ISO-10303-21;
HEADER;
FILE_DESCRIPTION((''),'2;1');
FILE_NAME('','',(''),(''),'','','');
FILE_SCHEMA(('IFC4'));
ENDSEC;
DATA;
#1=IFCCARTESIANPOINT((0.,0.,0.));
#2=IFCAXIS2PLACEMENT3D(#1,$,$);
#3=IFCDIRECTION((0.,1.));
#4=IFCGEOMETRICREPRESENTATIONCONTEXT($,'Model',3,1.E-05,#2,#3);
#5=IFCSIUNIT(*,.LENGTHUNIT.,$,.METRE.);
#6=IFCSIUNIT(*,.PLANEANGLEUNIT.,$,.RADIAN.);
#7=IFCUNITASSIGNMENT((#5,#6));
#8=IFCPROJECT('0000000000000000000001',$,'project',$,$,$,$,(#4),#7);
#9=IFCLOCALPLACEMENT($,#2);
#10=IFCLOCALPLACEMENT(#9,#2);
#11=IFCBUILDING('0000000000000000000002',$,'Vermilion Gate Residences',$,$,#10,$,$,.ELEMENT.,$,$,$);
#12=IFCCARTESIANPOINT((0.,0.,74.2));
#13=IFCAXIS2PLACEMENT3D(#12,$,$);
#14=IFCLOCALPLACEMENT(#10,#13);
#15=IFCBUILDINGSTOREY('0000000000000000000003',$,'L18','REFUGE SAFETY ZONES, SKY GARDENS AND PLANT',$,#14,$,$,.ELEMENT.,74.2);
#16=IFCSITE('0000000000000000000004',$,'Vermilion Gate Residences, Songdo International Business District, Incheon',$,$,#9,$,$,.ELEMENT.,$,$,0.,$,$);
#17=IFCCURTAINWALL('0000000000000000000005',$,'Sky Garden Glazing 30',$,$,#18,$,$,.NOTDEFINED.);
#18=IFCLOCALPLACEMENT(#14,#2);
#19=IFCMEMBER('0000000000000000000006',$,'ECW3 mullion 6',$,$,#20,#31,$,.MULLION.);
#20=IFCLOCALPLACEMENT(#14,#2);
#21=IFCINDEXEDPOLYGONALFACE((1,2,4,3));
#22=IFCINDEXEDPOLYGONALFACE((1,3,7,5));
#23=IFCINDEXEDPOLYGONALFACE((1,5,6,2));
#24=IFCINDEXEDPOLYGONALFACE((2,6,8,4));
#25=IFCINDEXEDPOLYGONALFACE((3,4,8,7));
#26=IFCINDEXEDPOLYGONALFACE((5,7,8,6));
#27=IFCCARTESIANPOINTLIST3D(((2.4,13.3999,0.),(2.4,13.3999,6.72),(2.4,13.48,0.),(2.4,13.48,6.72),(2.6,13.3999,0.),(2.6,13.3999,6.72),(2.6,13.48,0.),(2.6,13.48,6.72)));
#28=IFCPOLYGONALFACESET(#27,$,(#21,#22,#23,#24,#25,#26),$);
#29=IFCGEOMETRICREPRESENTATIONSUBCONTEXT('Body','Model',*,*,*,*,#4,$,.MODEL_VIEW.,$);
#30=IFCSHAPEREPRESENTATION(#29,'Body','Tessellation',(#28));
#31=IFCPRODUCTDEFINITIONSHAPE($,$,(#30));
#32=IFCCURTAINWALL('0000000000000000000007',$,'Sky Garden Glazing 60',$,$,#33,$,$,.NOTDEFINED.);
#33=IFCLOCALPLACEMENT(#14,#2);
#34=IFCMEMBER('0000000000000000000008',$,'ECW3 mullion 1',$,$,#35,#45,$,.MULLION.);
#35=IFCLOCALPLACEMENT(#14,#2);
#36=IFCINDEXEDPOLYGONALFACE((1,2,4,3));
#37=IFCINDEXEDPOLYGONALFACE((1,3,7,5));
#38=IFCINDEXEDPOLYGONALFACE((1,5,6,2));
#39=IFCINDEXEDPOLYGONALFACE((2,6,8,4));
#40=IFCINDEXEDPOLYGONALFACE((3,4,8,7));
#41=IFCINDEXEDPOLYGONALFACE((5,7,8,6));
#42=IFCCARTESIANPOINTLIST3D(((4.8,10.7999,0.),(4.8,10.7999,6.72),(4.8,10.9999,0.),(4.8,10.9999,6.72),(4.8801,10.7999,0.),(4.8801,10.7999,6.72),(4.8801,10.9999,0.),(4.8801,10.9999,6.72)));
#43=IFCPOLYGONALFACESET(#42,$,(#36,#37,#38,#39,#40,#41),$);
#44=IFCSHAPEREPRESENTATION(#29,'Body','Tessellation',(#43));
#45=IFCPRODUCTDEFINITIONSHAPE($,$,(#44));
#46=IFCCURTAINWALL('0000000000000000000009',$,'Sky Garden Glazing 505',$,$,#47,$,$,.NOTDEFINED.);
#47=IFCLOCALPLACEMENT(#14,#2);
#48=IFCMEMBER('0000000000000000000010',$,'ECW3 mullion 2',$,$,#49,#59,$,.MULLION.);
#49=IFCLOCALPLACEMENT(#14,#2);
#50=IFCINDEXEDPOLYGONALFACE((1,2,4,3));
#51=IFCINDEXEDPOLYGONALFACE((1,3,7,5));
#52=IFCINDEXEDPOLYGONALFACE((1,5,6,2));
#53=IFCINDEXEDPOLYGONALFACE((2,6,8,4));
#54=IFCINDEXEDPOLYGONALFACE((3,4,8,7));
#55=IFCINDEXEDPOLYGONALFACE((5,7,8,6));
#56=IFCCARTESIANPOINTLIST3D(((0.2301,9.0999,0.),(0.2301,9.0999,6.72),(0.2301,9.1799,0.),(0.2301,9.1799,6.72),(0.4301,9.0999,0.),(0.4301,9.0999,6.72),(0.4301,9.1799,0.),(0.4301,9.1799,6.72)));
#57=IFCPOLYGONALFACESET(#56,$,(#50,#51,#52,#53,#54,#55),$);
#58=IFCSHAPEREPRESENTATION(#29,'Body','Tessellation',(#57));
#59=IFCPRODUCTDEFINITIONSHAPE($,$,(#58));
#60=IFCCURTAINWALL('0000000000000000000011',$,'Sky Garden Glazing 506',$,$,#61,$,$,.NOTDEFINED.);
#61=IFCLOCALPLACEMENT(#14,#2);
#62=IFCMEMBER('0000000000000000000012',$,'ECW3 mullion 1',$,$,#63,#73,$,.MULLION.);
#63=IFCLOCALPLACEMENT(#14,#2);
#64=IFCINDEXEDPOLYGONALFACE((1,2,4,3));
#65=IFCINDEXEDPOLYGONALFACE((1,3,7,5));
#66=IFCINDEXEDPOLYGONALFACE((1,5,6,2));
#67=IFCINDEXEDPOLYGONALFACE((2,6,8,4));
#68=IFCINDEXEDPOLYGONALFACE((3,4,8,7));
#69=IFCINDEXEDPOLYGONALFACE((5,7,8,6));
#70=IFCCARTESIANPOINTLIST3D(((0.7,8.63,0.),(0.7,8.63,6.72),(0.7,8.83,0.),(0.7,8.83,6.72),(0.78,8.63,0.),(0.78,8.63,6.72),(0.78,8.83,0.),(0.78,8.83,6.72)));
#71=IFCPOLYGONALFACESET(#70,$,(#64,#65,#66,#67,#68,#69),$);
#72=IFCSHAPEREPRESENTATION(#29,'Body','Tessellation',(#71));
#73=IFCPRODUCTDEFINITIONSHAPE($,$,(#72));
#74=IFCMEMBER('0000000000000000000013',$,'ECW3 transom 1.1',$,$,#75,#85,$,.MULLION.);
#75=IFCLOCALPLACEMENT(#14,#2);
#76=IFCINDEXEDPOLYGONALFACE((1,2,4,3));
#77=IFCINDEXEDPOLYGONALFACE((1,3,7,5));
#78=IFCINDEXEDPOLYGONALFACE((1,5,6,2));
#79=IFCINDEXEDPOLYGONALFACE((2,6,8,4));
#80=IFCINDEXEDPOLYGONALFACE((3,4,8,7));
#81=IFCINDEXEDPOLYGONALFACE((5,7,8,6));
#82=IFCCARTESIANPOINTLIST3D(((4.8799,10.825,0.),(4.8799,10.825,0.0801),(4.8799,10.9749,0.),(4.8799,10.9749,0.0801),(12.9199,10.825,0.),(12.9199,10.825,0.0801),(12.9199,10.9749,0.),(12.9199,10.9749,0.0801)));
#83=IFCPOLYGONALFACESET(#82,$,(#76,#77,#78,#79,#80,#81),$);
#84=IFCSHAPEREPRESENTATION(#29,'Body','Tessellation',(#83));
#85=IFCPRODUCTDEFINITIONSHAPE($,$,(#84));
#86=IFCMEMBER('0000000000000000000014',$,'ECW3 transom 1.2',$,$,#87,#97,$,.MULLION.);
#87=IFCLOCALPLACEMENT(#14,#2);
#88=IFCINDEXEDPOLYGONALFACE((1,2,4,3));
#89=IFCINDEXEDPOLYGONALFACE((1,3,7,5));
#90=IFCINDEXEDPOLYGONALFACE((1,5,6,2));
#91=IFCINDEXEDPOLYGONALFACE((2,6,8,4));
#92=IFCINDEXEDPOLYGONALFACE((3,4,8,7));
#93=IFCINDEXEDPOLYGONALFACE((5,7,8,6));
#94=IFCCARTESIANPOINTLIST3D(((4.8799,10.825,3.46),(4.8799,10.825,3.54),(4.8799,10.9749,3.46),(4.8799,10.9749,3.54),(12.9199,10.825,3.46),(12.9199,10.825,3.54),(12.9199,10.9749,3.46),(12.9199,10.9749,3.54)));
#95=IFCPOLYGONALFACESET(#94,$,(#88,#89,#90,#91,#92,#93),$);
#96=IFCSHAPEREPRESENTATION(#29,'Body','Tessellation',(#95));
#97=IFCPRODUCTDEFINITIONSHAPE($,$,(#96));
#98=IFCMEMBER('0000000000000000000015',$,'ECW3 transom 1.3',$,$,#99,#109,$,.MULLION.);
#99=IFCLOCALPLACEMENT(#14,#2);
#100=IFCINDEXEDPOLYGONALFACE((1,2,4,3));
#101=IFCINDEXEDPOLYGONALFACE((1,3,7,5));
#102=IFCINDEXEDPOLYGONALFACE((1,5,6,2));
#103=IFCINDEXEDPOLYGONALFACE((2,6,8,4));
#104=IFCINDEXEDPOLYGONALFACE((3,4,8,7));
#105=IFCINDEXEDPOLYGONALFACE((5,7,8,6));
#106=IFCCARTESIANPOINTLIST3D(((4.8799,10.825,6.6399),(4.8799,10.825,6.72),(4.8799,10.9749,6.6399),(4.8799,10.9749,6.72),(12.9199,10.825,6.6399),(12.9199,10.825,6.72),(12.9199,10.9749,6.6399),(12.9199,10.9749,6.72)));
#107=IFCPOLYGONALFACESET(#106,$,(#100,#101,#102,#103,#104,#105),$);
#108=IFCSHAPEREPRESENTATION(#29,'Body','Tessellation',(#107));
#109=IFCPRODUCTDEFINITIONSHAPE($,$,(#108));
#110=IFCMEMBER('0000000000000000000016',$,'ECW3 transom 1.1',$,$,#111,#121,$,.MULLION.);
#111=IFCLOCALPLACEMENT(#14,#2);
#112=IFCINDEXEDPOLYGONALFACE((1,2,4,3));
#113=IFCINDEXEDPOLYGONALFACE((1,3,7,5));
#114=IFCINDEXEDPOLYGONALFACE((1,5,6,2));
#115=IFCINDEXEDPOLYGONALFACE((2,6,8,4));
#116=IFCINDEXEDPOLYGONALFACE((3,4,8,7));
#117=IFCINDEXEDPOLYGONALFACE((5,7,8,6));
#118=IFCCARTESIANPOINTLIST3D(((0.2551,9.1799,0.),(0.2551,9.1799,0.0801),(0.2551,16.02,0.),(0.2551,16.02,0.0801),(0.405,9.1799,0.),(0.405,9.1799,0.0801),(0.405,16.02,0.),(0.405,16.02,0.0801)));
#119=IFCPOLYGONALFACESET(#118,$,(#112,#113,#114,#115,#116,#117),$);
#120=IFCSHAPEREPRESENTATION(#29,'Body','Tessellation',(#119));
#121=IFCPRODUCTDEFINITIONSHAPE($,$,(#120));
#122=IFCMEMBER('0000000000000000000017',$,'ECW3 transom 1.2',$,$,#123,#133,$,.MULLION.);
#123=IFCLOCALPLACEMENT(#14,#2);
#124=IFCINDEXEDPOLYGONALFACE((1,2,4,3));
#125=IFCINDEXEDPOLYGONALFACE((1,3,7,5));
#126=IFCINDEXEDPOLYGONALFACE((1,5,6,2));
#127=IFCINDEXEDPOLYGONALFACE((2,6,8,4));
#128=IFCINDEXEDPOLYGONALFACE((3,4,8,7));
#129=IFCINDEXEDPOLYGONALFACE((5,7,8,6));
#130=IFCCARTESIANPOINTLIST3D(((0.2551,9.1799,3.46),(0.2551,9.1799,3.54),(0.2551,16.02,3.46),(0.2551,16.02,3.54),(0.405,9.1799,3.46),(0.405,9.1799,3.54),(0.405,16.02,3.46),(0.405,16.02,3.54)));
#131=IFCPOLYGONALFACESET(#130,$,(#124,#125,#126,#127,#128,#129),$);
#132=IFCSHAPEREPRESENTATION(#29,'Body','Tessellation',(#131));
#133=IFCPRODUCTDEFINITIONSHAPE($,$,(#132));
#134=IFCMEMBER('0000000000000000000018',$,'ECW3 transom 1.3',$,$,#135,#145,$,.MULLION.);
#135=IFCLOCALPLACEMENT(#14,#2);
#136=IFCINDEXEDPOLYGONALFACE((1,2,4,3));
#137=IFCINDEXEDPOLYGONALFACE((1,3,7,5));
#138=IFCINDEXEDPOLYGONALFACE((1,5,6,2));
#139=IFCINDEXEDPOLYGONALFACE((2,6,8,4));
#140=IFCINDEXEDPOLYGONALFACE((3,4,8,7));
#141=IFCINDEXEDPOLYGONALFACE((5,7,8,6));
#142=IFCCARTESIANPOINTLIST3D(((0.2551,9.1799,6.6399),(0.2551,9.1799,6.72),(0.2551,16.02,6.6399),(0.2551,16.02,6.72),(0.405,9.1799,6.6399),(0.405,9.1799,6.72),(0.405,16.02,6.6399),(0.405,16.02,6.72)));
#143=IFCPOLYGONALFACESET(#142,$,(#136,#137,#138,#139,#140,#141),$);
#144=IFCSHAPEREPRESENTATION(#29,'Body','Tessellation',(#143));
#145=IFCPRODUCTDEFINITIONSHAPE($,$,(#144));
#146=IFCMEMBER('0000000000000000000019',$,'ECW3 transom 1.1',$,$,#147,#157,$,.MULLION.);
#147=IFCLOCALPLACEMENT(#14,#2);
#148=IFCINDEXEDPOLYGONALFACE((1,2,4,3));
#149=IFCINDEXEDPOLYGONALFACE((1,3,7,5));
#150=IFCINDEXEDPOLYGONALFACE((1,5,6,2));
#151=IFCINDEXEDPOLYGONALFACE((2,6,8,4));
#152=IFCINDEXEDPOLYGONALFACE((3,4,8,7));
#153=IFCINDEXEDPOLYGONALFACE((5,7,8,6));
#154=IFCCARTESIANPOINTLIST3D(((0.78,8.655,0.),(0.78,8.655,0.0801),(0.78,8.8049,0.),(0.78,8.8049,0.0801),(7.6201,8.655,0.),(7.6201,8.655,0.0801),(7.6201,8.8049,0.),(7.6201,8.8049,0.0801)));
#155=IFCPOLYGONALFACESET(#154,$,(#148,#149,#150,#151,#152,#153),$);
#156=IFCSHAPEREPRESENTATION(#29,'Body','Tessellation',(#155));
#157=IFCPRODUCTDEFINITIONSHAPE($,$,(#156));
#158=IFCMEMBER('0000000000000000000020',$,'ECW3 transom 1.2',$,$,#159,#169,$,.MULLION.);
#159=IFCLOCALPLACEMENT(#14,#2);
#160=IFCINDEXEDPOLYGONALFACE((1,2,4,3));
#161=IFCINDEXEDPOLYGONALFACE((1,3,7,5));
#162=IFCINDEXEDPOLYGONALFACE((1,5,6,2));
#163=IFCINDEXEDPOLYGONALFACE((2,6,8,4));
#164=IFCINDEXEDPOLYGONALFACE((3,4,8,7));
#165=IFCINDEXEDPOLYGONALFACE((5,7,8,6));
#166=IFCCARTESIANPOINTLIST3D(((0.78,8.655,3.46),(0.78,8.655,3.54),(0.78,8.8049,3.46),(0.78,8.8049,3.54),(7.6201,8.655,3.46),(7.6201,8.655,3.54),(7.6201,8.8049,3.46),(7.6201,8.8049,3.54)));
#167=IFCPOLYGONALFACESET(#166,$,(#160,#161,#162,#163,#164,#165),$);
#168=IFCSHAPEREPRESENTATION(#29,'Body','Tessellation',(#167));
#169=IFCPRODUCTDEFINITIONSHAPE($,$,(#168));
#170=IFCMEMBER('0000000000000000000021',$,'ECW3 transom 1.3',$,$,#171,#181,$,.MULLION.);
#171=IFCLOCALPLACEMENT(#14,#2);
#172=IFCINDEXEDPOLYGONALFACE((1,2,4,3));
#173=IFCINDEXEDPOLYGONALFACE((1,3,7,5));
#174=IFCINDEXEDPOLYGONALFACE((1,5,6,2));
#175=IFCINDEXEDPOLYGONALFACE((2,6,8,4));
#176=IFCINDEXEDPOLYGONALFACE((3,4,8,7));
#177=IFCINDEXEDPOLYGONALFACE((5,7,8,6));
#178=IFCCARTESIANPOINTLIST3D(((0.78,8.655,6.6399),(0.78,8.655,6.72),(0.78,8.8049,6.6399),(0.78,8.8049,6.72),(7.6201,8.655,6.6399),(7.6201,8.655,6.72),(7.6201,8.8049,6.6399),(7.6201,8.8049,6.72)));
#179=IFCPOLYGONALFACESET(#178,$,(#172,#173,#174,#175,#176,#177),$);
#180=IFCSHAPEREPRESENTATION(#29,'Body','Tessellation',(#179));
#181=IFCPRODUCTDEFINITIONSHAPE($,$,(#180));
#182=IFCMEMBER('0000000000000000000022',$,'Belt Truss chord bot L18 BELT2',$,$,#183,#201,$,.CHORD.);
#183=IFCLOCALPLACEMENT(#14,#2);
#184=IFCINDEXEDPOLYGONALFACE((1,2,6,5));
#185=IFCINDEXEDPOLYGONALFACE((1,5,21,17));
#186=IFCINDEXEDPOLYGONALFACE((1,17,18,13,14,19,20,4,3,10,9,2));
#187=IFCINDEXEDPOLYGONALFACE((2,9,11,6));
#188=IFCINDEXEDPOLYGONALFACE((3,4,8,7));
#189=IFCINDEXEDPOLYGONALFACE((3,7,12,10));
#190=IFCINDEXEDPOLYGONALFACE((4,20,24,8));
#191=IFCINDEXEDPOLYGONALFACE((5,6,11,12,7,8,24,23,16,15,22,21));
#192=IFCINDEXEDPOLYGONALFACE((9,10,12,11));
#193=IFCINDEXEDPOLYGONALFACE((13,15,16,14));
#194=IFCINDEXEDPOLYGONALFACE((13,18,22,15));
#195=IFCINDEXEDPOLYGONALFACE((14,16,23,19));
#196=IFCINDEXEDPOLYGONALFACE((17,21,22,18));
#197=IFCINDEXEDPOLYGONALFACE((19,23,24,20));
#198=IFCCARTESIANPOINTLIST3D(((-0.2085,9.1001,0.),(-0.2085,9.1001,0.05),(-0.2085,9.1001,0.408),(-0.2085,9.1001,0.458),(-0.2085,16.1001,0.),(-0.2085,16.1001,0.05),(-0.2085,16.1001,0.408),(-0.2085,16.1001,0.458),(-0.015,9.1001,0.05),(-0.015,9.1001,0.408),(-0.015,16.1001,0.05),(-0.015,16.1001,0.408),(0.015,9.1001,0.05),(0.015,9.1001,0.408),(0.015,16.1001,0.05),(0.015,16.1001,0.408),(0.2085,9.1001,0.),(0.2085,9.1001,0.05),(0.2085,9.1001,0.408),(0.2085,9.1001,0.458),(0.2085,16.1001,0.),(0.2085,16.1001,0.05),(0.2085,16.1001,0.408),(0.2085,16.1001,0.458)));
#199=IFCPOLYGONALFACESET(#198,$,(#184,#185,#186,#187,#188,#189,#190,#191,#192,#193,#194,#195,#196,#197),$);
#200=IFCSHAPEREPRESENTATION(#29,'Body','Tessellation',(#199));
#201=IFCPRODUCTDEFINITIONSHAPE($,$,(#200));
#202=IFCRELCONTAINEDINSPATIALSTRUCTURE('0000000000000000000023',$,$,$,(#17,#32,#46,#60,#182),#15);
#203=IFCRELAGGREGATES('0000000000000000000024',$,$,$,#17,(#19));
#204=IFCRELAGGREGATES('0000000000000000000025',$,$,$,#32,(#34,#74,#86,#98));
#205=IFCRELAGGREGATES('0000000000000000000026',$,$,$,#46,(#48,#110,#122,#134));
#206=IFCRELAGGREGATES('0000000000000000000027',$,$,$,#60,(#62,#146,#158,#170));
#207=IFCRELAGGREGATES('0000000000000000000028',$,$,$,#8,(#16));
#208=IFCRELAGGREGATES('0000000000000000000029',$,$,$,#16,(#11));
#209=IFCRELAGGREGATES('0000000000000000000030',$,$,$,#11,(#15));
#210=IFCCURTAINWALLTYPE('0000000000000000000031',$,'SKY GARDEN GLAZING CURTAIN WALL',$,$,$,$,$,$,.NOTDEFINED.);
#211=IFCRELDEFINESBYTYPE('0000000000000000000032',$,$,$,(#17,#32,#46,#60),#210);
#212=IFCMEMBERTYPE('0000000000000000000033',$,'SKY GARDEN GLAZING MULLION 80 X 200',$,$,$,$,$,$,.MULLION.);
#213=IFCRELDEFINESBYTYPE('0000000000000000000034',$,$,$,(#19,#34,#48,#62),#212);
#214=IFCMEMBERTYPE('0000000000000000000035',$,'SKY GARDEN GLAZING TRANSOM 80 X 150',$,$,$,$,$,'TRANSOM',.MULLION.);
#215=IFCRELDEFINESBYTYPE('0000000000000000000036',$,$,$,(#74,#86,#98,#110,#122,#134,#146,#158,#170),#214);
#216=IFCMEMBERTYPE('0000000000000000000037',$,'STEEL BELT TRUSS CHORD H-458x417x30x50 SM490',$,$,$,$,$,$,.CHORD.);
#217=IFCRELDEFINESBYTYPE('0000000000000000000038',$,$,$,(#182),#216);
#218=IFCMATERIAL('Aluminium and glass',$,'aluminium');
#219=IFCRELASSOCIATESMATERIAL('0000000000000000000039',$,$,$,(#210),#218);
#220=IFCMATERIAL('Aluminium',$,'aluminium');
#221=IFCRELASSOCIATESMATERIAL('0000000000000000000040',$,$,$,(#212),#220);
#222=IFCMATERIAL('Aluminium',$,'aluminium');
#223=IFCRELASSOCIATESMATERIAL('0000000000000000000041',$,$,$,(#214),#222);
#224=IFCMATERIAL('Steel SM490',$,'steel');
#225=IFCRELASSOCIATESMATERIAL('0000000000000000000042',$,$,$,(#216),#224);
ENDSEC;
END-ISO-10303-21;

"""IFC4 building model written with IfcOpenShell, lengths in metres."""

from ifc_helpers import new_model, si_unit, direction, frame, origin, origin_2d, place, context, subcontext, project, spatial, rectangle, i_section, extrude, material, material_profile, profile_set, type_object, element, aggregate, save


model = new_model("IFC4")

# Units and contexts
model_context = context("Model", 3, precision=1e-05, world=origin(), true_north=direction((0.0, 1.0)))
body_context = subcontext(model_context, "Body", "Model", "MODEL_VIEW")
ifc_project = project(units=[si_unit("LENGTHUNIT", "METRE"), si_unit("PLANEANGLEUNIT", "RADIAN")], contexts=[model_context])

# Site, building, storey
site_placement = place(None, origin())
site = spatial("IfcSite", under=ifc_project, at=site_placement, Name="Vermilion Gate Residences, Songdo International Business District, Incheon", CompositionType="ELEMENT", RefElevation=0.0)
building_placement = place(site_placement, origin())
building = spatial("IfcBuilding", under=site, at=building_placement, Name="Vermilion Gate Residences", CompositionType="ELEMENT")
storey_placement = place(building_placement, frame((0.0, 0.0, 74.2)))
storey = spatial("IfcBuildingStorey", under=building, at=storey_placement, Name="L18", Description="REFUGE SAFETY ZONES, SKY GARDENS AND PLANT", CompositionType="ELEMENT", Elevation=74.2)

# Curtain walls, members
ifc_material_1 = material(Name="Aluminium and glass", Category="aluminium")
curtain_wall_type = type_object("IfcCurtainWallType", Name="SKY GARDEN GLAZING CURTAIN WALL", PredefinedType="NOTDEFINED", material=ifc_material_1)
curtain_wall_1_placement = place(storey_placement, origin())
curtain_wall_1 = element("IfcCurtainWall", 1, at=curtain_wall_1_placement, inside=storey, type_object=curtain_wall_type, Name="Sky Garden Glazing 30", PredefinedType="NOTDEFINED")
ifc_material_2 = material(Name="Aluminium", Category="aluminium")
ifc_material_profile_1 = material_profile(ifc_material_2, rectangle(XDim=0.2, YDim=0.0801, at=origin_2d()), Name="MULLION 80 X 200")
ifc_profile_set_1 = profile_set([ifc_material_profile_1], Name="Aluminium")
member_type_1 = type_object("IfcMemberType", Name="SKY GARDEN GLAZING MULLION 80 X 200", PredefinedType="MULLION", material=ifc_profile_set_1)
member_1_placement = place(storey_placement, frame((2.5, 13.4399, 0.0), z_axis=(0.0, 0.0, 1.0), x_axis=(1.0, 0.0, 0.0)))
member_1 = element("IfcMember", 2, at=member_1_placement, type_object=member_type_1, Name="ECW3 mullion 6", PredefinedType="MULLION", context=body_context, shape_type="SweptSolid", body=[
    extrude(rectangle(XDim=0.2, YDim=0.0801, at=origin_2d()), origin(), (0.0, 0.0, 1.0), 6.72),
])
aggregate(curtain_wall_1, [member_1])
curtain_wall_2_placement = place(storey_placement, origin())
curtain_wall_2 = element("IfcCurtainWall", 3, at=curtain_wall_2_placement, inside=storey, type_object=curtain_wall_type, Name="Sky Garden Glazing 60", PredefinedType="NOTDEFINED")
member_2_placement = place(storey_placement, frame((4.8401, 10.8999, 0.0), z_axis=(0.0, 0.0, 1.0), x_axis=(0.0, 1.0, 0.0)))
member_2 = element("IfcMember", 4, at=member_2_placement, type_object=member_type_1, Name="ECW3 mullion 1", PredefinedType="MULLION", context=body_context, shape_type="SweptSolid", body=[
    extrude(rectangle(XDim=0.2, YDim=0.0801, at=origin_2d()), origin(), (0.0, 0.0, 1.0), 6.72),
])
curtain_wall_3_placement = place(storey_placement, origin())
curtain_wall_3 = element("IfcCurtainWall", 5, at=curtain_wall_3_placement, inside=storey, type_object=curtain_wall_type, Name="Sky Garden Glazing 505", PredefinedType="NOTDEFINED")
member_3_placement = place(storey_placement, frame((0.3301, 9.1399, 0.0), z_axis=(0.0, 0.0, 1.0), x_axis=(1.0, 0.0, 0.0)))
member_3 = element("IfcMember", 6, at=member_3_placement, type_object=member_type_1, Name="ECW3 mullion 2", PredefinedType="MULLION", context=body_context, shape_type="SweptSolid", body=[
    extrude(rectangle(XDim=0.2, YDim=0.0801, at=origin_2d()), origin(), (0.0, 0.0, 1.0), 6.72),
])
curtain_wall_4_placement = place(storey_placement, origin())
curtain_wall_4 = element("IfcCurtainWall", 7, at=curtain_wall_4_placement, inside=storey, type_object=curtain_wall_type, Name="Sky Garden Glazing 506", PredefinedType="NOTDEFINED")
member_4_placement = place(storey_placement, frame((0.74, 8.73, 0.0), z_axis=(0.0, 0.0, 1.0), x_axis=(0.0, 1.0, 0.0)))
member_4 = element("IfcMember", 8, at=member_4_placement, type_object=member_type_1, Name="ECW3 mullion 1", PredefinedType="MULLION", context=body_context, shape_type="SweptSolid", body=[
    extrude(rectangle(XDim=0.2, YDim=0.0801, at=origin_2d()), origin(), (0.0, 0.0, 1.0), 6.72),
])

# Members
ifc_material_3 = material(Name="Aluminium", Category="aluminium")
ifc_material_profile_2 = material_profile(ifc_material_3, rectangle(XDim=0.1499, YDim=0.0801, at=origin_2d()), Name="TRANSOM 80 X 150")
ifc_profile_set_2 = profile_set([ifc_material_profile_2], Name="Aluminium")
member_type_2 = type_object("IfcMemberType", Name="SKY GARDEN GLAZING TRANSOM 80 X 150", ElementType="TRANSOM", PredefinedType="MULLION", material=ifc_profile_set_2)
member_5_placement = place(storey_placement, frame((4.8799, 10.8999, 0.04), z_axis=(1.0, 0.0, 0.0), x_axis=(0.0, 1.0, 0.0)))
member_5 = element("IfcMember", 9, at=member_5_placement, type_object=member_type_2, Name="ECW3 transom 1.1", PredefinedType="MULLION", context=body_context, shape_type="SweptSolid", body=[
    extrude(rectangle(XDim=0.1499, YDim=0.0801, at=origin_2d()), origin(), (0.0, 0.0, 1.0), 8.04),
])
member_6_placement = place(storey_placement, frame((4.8799, 10.8999, 3.5), z_axis=(1.0, 0.0, 0.0), x_axis=(0.0, 1.0, 0.0)))
member_6 = element("IfcMember", 10, at=member_6_placement, type_object=member_type_2, Name="ECW3 transom 1.2", PredefinedType="MULLION", context=body_context, shape_type="SweptSolid", body=[
    extrude(rectangle(XDim=0.1499, YDim=0.0801, at=origin_2d()), origin(), (0.0, 0.0, 1.0), 8.04),
])
member_7_placement = place(storey_placement, frame((4.8799, 10.8999, 6.6799), z_axis=(1.0, 0.0, 0.0), x_axis=(0.0, 1.0, 0.0)))
member_7 = element("IfcMember", 11, at=member_7_placement, type_object=member_type_2, Name="ECW3 transom 1.3", PredefinedType="MULLION", context=body_context, shape_type="SweptSolid", body=[
    extrude(rectangle(XDim=0.1499, YDim=0.0801, at=origin_2d()), origin(), (0.0, 0.0, 1.0), 8.04),
])
aggregate(curtain_wall_2, [member_2, member_5, member_6, member_7])
member_8_placement = place(storey_placement, frame((0.3301, 16.02, 0.04), z_axis=(0.0, -1.0, 0.0), x_axis=(1.0, 0.0, 0.0)))
member_8 = element("IfcMember", 12, at=member_8_placement, type_object=member_type_2, Name="ECW3 transom 1.1", PredefinedType="MULLION", context=body_context, shape_type="SweptSolid", body=[
    extrude(rectangle(XDim=0.1499, YDim=0.0801, at=origin_2d()), origin(), (0.0, 0.0, 1.0), 6.8401),
])
member_9_placement = place(storey_placement, frame((0.3301, 16.02, 3.5), z_axis=(0.0, -1.0, 0.0), x_axis=(1.0, 0.0, 0.0)))
member_9 = element("IfcMember", 13, at=member_9_placement, type_object=member_type_2, Name="ECW3 transom 1.2", PredefinedType="MULLION", context=body_context, shape_type="SweptSolid", body=[
    extrude(rectangle(XDim=0.1499, YDim=0.0801, at=origin_2d()), origin(), (0.0, 0.0, 1.0), 6.8401),
])
member_10_placement = place(storey_placement, frame((0.3301, 16.02, 6.6799), z_axis=(0.0, -1.0, 0.0), x_axis=(1.0, 0.0, 0.0)))
member_10 = element("IfcMember", 14, at=member_10_placement, type_object=member_type_2, Name="ECW3 transom 1.3", PredefinedType="MULLION", context=body_context, shape_type="SweptSolid", body=[
    extrude(rectangle(XDim=0.1499, YDim=0.0801, at=origin_2d()), origin(), (0.0, 0.0, 1.0), 6.8401),
])
member_11_placement = place(storey_placement, frame((0.78, 8.73, 0.04), z_axis=(1.0, 0.0, 0.0), x_axis=(0.0, 1.0, 0.0)))
member_11 = element("IfcMember", 15, at=member_11_placement, type_object=member_type_2, Name="ECW3 transom 1.1", PredefinedType="MULLION", context=body_context, shape_type="SweptSolid", body=[
    extrude(rectangle(XDim=0.1499, YDim=0.0801, at=origin_2d()), origin(), (0.0, 0.0, 1.0), 6.8401),
])
member_12_placement = place(storey_placement, frame((0.78, 8.73, 3.5), z_axis=(1.0, 0.0, 0.0), x_axis=(0.0, 1.0, 0.0)))
member_12 = element("IfcMember", 16, at=member_12_placement, type_object=member_type_2, Name="ECW3 transom 1.2", PredefinedType="MULLION", context=body_context, shape_type="SweptSolid", body=[
    extrude(rectangle(XDim=0.1499, YDim=0.0801, at=origin_2d()), origin(), (0.0, 0.0, 1.0), 6.8401),
])
member_13_placement = place(storey_placement, frame((0.78, 8.73, 6.6799), z_axis=(1.0, 0.0, 0.0), x_axis=(0.0, 1.0, 0.0)))
member_13 = element("IfcMember", 17, at=member_13_placement, type_object=member_type_2, Name="ECW3 transom 1.3", PredefinedType="MULLION", context=body_context, shape_type="SweptSolid", body=[
    extrude(rectangle(XDim=0.1499, YDim=0.0801, at=origin_2d()), origin(), (0.0, 0.0, 1.0), 6.8401),
])

# Member
ifc_material_4 = material(Name="Steel SM490", Category="steel")
ifc_material_profile_3 = material_profile(ifc_material_4, i_section(OverallWidth=0.417, OverallDepth=0.458, WebThickness=0.03, FlangeThickness=0.05, at=origin_2d()), Name="H-458x417x30x50")
ifc_profile_set_3 = profile_set([ifc_material_profile_3], Name="Steel SM490")
member_type_3 = type_object("IfcMemberType", Name="STEEL BELT TRUSS CHORD H-458x417x30x50 SM490", PredefinedType="CHORD", material=ifc_profile_set_3)
for number, where, z_axis, x_axis, name in (
    (18, (0.0, 9.1001, 0.229), (0.0, 1.0, 0.0), (-1.0, 0.0, 0.0), "Belt Truss chord bot L18 BELT2"),
):
    element("IfcMember", number, at=place(storey_placement, frame(where, z_axis=z_axis, x_axis=x_axis)), inside=storey, type_object=member_type_3, Name=name, PredefinedType="CHORD", context=body_context, shape_type="SweptSolid", body=[
        extrude(i_section(OverallWidth=0.417, OverallDepth=0.458, WebThickness=0.03, FlangeThickness=0.05, at=origin_2d()), origin(), (0.0, 0.0, 1.0), 7.0),
    ])

aggregate(curtain_wall_3, [member_3, member_8, member_9, member_10])
aggregate(curtain_wall_4, [member_4, member_11, member_12, member_13])

save(model, "model.ifc")
